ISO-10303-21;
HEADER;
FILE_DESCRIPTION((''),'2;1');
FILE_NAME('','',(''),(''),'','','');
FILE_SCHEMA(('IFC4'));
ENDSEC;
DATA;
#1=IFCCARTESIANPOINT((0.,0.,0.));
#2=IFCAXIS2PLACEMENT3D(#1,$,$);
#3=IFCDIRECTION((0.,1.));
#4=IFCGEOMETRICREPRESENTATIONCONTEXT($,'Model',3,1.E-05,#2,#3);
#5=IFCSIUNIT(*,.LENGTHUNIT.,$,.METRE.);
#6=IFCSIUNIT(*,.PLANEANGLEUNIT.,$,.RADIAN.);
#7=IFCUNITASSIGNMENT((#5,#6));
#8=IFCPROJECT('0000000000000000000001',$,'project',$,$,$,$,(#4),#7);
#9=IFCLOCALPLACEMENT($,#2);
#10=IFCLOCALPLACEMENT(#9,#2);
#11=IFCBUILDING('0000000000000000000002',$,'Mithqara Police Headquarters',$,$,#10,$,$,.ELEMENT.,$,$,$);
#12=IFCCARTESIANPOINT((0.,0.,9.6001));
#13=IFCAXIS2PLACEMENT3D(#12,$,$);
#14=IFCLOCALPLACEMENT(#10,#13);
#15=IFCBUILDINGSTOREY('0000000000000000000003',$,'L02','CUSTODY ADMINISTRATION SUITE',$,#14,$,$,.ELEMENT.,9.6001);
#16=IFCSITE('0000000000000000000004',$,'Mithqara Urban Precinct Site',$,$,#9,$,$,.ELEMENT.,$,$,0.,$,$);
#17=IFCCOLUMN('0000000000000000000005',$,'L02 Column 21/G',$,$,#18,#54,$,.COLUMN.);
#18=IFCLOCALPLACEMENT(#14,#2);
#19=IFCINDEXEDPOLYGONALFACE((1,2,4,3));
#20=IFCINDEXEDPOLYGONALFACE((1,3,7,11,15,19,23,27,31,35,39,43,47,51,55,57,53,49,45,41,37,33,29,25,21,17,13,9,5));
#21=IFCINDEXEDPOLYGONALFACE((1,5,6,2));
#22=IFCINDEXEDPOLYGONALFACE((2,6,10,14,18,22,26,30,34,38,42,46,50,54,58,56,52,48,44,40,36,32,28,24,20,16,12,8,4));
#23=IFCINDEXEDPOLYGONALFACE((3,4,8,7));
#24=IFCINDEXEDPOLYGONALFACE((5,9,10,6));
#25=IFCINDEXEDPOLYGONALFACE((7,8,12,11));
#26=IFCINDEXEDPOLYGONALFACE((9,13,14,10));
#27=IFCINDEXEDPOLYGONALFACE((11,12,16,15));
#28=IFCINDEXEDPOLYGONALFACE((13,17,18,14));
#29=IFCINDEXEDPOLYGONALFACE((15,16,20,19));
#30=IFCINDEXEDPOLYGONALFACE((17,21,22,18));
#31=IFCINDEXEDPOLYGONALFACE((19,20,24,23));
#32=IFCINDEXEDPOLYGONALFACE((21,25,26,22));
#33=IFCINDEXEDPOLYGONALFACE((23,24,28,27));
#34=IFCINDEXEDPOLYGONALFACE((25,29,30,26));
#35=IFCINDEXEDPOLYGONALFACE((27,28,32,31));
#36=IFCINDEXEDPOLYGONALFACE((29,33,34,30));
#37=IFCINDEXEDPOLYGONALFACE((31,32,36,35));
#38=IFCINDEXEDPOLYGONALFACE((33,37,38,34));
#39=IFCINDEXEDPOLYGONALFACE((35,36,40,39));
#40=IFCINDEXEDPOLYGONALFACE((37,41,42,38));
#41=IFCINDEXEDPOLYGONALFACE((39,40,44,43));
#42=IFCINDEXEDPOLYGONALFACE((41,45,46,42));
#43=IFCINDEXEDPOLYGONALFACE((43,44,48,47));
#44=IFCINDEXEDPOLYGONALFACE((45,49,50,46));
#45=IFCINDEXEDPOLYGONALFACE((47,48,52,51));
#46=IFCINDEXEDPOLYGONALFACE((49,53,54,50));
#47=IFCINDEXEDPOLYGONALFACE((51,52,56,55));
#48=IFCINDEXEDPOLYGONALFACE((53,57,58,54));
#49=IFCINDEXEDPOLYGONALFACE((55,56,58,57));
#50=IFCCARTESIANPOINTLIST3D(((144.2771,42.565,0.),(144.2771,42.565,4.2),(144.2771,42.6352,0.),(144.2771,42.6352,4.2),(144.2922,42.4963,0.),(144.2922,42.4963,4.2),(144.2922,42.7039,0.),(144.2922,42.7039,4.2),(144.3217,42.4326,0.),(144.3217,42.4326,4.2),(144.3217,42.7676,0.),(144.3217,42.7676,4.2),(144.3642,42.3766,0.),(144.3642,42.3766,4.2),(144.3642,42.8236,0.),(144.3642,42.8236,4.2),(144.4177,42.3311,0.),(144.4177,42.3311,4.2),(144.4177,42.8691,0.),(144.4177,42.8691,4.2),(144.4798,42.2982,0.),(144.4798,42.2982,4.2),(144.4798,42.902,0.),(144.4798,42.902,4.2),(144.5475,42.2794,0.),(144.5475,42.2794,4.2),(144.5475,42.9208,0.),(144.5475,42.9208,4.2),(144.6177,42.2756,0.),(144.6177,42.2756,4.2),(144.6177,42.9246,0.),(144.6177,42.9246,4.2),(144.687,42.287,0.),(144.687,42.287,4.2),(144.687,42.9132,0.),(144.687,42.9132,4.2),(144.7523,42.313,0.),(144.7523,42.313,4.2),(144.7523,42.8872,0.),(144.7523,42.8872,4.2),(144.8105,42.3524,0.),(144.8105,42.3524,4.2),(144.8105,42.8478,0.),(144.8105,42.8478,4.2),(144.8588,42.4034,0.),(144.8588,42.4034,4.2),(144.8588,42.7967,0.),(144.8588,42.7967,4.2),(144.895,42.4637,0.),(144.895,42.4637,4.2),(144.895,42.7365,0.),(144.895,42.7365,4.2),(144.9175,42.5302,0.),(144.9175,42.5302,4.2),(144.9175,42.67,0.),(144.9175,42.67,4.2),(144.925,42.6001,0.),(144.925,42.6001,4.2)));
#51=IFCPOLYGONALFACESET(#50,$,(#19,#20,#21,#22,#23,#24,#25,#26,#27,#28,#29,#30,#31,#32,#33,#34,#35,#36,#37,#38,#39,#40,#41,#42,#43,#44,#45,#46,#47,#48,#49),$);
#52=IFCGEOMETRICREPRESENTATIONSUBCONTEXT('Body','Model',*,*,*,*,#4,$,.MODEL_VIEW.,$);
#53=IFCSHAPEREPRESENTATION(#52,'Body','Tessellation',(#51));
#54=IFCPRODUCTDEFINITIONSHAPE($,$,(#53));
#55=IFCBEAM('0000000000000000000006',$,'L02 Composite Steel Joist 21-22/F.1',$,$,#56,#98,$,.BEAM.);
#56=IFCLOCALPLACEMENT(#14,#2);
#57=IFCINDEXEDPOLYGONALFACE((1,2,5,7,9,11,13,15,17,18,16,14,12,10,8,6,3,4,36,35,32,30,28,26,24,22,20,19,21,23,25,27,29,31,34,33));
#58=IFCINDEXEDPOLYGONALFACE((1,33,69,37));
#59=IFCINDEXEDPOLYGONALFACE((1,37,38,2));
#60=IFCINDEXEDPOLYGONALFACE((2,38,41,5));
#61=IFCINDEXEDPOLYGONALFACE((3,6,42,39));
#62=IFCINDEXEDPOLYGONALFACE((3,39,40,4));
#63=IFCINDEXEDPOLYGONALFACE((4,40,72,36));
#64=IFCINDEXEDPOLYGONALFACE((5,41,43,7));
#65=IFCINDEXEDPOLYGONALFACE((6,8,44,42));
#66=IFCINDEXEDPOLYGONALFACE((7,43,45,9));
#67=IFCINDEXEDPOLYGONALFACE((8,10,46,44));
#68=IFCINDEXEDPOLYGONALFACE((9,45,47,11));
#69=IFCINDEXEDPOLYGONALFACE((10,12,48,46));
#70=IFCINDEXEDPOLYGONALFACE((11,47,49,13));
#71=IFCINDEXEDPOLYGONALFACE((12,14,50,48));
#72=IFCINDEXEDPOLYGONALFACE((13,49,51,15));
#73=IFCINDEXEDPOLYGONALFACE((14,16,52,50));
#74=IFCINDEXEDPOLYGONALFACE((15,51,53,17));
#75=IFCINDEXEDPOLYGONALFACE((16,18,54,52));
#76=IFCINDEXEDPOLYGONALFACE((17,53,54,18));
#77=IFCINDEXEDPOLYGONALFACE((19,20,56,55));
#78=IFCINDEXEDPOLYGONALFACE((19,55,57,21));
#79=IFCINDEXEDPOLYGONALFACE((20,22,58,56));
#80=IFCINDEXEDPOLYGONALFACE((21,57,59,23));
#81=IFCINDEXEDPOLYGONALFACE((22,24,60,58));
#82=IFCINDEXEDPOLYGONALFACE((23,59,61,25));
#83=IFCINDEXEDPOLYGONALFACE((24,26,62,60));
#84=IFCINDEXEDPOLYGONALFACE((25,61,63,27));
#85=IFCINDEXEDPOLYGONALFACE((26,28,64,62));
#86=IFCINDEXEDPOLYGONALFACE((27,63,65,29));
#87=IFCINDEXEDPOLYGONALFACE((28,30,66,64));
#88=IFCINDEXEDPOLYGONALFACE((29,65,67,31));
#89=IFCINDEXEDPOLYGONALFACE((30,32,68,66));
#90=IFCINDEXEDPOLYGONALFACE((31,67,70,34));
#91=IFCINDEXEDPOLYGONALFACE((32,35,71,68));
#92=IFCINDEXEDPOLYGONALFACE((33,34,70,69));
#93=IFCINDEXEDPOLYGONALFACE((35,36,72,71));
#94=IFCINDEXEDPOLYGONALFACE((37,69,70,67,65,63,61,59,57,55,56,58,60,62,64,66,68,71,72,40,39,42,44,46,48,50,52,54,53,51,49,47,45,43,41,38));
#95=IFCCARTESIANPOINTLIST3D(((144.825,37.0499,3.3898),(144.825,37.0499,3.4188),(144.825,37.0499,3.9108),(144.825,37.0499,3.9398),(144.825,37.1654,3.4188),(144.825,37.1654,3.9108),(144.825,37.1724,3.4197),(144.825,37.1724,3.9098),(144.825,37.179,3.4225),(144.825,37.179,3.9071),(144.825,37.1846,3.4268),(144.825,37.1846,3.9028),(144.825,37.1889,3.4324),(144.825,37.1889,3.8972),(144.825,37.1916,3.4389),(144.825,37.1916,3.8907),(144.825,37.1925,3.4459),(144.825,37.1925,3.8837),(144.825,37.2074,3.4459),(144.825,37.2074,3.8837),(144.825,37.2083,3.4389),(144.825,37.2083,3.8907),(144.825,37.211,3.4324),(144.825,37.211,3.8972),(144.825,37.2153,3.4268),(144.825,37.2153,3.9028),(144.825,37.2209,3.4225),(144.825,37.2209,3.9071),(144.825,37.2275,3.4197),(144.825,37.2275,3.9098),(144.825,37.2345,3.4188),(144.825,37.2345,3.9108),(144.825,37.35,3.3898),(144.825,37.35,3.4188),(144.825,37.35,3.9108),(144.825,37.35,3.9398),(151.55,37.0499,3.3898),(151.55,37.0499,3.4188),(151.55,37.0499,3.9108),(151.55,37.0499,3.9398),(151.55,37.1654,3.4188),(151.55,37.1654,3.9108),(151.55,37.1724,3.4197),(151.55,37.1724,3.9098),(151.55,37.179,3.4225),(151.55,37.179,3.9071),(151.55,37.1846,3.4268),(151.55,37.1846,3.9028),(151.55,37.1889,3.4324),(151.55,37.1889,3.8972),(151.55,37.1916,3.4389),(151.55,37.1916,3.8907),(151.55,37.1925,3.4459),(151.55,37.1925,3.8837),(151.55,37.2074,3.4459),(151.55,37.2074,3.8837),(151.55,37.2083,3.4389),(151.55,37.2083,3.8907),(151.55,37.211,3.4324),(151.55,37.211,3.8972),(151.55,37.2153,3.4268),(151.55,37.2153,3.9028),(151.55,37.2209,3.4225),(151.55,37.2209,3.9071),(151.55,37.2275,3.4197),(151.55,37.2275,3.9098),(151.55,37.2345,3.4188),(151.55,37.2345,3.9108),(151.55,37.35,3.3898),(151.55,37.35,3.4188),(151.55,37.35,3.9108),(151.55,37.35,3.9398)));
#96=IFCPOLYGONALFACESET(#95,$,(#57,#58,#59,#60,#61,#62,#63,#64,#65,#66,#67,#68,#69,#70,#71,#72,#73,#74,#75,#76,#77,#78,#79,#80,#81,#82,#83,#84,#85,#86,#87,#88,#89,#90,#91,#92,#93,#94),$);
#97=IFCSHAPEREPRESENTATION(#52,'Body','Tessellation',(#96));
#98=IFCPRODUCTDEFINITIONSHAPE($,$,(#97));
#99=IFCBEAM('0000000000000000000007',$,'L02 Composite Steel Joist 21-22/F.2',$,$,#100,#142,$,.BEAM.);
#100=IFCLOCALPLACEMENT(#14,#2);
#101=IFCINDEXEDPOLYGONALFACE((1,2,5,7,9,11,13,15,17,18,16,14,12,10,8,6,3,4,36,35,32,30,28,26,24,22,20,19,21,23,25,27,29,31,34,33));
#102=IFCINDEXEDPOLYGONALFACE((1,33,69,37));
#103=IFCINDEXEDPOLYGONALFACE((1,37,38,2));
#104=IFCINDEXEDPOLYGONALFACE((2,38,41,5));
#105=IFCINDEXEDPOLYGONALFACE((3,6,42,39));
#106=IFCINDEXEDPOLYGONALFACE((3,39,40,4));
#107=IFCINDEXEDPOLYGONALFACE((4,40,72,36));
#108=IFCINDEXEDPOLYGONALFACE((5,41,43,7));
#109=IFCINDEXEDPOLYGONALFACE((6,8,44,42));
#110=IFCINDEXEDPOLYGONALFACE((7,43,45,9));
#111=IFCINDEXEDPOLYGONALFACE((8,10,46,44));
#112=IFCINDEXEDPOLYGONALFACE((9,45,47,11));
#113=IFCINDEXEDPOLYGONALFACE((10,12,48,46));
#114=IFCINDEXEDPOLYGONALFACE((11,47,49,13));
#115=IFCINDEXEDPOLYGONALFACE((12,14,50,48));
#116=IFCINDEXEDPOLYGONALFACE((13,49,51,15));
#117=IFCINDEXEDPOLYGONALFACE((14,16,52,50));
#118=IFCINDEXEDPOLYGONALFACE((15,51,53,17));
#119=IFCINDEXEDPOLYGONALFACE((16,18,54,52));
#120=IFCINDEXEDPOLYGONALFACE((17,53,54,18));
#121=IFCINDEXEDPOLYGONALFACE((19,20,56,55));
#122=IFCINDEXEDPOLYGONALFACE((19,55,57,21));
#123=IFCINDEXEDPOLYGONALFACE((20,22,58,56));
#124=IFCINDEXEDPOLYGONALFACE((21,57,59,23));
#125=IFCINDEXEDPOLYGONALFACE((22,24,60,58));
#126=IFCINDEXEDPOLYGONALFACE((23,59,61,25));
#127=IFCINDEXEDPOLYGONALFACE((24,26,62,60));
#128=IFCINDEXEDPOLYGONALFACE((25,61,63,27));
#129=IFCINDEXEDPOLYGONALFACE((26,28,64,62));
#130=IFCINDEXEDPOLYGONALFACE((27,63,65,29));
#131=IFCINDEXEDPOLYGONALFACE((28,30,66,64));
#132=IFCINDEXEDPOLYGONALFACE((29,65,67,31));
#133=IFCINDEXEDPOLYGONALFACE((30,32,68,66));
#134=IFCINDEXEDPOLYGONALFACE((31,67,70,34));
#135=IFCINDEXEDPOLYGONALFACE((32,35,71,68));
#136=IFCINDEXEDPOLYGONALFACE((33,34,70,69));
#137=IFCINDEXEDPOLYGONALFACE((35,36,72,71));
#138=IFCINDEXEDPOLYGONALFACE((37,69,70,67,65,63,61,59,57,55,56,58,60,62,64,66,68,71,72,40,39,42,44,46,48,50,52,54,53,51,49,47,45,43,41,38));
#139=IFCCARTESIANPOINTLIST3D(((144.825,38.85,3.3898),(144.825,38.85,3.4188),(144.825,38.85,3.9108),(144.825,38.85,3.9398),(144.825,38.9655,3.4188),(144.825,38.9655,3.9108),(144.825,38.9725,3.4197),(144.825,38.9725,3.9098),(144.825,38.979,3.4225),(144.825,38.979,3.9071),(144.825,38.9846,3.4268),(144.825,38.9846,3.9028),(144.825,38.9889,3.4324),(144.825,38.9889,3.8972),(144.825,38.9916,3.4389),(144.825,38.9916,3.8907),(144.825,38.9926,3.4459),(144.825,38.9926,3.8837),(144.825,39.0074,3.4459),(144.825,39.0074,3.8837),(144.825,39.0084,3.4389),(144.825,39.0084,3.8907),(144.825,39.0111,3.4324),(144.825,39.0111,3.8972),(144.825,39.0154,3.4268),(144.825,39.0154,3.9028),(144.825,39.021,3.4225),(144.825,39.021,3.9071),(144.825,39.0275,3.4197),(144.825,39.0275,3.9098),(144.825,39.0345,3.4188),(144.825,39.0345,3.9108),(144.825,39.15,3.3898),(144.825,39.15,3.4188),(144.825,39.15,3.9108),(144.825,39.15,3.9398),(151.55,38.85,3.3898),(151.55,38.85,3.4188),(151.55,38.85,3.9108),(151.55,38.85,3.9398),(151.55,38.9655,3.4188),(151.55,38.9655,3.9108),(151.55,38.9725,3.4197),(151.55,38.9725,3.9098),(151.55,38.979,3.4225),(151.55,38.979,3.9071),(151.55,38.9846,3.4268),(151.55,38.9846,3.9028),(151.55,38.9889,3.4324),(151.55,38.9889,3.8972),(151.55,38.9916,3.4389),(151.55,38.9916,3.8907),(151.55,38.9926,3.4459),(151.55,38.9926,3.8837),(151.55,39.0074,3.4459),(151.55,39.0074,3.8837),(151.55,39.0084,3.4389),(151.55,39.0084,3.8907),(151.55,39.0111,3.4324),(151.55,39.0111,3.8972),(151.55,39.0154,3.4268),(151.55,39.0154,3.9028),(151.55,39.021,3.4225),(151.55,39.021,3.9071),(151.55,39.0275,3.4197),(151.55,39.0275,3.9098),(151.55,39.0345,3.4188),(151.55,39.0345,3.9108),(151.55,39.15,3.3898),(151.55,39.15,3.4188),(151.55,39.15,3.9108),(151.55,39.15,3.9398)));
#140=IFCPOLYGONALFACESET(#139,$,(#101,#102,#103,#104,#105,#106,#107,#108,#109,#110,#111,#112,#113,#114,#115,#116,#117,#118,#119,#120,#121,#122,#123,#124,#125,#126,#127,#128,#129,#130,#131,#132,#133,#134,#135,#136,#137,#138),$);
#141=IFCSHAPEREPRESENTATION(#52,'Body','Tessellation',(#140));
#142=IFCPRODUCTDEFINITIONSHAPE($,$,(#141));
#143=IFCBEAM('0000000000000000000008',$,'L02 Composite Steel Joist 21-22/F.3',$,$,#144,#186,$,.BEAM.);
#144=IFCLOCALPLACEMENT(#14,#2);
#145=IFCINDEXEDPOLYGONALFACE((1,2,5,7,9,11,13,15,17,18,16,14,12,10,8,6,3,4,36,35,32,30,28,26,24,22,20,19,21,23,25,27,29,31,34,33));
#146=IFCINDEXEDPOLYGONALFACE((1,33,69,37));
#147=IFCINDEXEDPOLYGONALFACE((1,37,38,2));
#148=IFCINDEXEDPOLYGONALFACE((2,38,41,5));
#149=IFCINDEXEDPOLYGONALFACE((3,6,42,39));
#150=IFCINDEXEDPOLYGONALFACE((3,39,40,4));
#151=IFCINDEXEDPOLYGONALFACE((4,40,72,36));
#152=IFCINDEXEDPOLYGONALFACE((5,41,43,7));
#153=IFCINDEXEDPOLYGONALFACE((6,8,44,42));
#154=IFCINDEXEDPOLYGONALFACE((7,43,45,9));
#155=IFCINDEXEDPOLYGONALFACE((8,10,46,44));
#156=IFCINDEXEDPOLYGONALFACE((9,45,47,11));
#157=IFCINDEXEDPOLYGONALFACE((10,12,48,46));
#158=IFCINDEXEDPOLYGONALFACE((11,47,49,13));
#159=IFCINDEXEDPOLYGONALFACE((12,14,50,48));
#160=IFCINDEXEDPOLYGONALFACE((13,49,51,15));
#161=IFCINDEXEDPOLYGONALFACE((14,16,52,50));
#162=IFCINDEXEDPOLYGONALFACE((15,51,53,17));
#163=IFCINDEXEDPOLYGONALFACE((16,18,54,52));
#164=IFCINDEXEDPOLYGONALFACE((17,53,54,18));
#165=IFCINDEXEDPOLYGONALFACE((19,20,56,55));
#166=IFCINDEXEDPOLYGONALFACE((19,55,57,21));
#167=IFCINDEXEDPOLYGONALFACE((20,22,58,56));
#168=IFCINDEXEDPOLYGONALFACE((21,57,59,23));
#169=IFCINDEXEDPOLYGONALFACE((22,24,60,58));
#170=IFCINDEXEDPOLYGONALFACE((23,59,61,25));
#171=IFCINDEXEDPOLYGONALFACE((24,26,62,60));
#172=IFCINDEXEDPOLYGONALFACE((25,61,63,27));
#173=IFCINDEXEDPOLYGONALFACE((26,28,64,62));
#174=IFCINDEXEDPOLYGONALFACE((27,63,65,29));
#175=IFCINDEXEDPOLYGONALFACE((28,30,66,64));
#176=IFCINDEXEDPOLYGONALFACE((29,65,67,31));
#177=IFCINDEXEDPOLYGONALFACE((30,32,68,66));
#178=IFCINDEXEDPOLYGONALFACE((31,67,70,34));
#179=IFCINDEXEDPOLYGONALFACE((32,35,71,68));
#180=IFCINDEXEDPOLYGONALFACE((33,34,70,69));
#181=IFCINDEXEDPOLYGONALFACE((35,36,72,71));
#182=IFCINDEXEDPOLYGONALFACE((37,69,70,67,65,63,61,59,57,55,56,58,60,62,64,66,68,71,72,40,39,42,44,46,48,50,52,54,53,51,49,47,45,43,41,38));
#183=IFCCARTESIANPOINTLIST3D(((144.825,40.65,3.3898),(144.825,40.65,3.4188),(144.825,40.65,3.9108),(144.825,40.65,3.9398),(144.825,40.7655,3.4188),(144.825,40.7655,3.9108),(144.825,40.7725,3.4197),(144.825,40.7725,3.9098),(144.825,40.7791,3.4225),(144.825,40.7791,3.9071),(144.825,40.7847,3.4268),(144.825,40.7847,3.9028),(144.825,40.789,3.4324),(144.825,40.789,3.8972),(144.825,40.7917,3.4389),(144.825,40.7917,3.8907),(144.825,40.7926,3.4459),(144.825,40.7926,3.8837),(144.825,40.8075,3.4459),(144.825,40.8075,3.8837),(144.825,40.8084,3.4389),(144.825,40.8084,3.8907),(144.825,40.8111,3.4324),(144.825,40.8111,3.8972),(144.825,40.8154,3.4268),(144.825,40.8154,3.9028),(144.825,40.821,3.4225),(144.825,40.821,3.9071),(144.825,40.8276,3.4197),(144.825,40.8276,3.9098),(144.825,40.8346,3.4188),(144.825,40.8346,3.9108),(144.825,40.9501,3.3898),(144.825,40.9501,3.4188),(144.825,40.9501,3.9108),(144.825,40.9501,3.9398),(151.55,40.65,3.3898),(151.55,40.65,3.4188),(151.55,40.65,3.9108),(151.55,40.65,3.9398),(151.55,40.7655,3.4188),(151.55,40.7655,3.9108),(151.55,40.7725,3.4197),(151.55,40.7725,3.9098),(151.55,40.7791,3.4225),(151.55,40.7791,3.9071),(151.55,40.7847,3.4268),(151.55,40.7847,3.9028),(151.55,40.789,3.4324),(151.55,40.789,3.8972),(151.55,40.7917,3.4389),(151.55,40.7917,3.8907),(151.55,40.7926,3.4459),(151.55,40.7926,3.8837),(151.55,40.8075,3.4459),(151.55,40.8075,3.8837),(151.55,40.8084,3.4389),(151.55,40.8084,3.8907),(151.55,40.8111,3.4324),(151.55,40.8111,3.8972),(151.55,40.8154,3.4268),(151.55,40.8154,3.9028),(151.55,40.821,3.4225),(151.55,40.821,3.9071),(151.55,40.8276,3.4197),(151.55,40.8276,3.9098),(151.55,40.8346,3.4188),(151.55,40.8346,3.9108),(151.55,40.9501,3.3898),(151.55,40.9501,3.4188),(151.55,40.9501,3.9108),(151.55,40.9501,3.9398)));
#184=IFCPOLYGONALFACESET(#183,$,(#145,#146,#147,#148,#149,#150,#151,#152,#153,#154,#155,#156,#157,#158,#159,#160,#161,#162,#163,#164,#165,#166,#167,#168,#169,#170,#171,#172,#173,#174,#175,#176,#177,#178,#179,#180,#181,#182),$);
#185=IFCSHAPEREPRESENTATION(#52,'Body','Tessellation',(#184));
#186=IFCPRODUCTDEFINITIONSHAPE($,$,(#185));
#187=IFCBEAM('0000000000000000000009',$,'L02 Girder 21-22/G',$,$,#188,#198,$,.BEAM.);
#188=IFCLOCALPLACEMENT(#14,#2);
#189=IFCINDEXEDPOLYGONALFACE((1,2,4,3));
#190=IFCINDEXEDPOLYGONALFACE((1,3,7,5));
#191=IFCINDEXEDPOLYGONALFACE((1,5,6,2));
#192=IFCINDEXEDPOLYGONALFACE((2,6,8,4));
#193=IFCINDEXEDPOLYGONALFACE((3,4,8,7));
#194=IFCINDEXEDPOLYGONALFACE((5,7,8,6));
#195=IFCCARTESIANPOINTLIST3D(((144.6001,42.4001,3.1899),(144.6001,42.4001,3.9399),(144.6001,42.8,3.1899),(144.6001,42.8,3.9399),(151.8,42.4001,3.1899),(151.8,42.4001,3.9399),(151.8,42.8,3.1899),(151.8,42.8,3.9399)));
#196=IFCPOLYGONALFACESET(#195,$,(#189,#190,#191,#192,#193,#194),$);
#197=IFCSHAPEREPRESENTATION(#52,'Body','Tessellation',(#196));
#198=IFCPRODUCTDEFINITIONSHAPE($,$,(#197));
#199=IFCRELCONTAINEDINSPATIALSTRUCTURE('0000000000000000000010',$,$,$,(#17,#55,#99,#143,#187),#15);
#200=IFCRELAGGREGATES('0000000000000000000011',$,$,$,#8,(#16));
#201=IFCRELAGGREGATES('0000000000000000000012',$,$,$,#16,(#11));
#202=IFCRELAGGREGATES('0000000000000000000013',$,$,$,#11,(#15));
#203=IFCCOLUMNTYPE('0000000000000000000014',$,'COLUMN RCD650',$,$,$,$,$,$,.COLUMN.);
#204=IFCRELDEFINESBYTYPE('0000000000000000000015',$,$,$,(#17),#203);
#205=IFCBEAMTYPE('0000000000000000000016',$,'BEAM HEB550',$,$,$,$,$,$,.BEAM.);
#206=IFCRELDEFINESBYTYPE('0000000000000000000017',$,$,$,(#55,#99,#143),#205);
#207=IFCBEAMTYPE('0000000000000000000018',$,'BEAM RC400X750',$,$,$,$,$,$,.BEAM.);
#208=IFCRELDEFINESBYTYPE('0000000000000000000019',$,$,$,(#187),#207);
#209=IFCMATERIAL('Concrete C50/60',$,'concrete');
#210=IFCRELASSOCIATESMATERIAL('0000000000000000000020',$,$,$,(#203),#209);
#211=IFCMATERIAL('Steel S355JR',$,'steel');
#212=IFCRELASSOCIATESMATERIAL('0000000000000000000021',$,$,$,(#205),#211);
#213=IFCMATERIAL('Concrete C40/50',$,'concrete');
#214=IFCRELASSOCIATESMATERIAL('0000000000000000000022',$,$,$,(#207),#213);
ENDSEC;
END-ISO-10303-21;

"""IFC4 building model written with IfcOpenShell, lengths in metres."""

from ifc_helpers import new_model, si_unit, direction, frame, origin, origin_2d, place, context, subcontext, project, spatial, rectangle, circle, i_section, extrude, material, material_profile, profile_set, type_object, element, save


model = new_model("IFC4")

# Units and contexts
model_context = context("Model", 3, precision=1e-05, world=origin(), true_north=direction((0.0, 1.0)))
body_context = subcontext(model_context, "Body", "Model", "MODEL_VIEW")
ifc_project = project(units=[si_unit("LENGTHUNIT", "METRE"), si_unit("PLANEANGLEUNIT", "RADIAN")], contexts=[model_context])

# Site, building, storey
site_placement = place(None, origin())
site = spatial("IfcSite", under=ifc_project, at=site_placement, Name="Mithqara Urban Precinct Site", CompositionType="ELEMENT", RefElevation=0.0)
building_placement = place(site_placement, origin())
building = spatial("IfcBuilding", under=site, at=building_placement, Name="Mithqara Police Headquarters", CompositionType="ELEMENT")
storey_placement = place(building_placement, frame((0.0, 0.0, 9.6001)))
storey = spatial("IfcBuildingStorey", under=building, at=storey_placement, Name="L02", Description="CUSTODY ADMINISTRATION SUITE", CompositionType="ELEMENT", Elevation=9.6001)

# Column
ifc_material_1 = material(Name="Concrete C50/60", Category="concrete")
ifc_material_profile_1 = material_profile(ifc_material_1, circle(Radius=0.325, at=origin_2d()), Name="RCD 650")
ifc_profile_set_1 = profile_set([ifc_material_profile_1], Name="Concrete C50/60")
column_type = type_object("IfcColumnType", Name="COLUMN RCD650", PredefinedType="COLUMN", material=ifc_profile_set_1)
column_placement = place(storey_placement, frame((144.6001, 42.6001, 0.0), z_axis=(0.0, 0.0, 1.0), x_axis=(1.0, 0.0, 0.0)))
element("IfcColumn", 1, at=column_placement, inside=storey, type_object=column_type, Name="L02 Column 21/G", PredefinedType="COLUMN", context=body_context, shape_type="SweptSolid", body=[
    extrude(circle(Radius=0.325, at=origin_2d()), origin(), (0.0, 0.0, 1.0), 4.2),
])

# Beams
ifc_material_2 = material(Name="Steel S355JR", Category="steel")
ifc_material_profile_2 = material_profile(ifc_material_2, i_section(OverallWidth=0.3, OverallDepth=0.55, WebThickness=0.0149, FlangeThickness=0.0291, FilletRadius=0.0271, at=origin_2d()), Name="HEB 550")
ifc_profile_set_2 = profile_set([ifc_material_profile_2], Name="Steel S355JR")
beam_type_1 = type_object("IfcBeamType", Name="BEAM HEB550", PredefinedType="BEAM", material=ifc_profile_set_2)
for number, where, z_axis, x_axis, name in (
    (2, (144.825, 37.2, 3.6648), (1.0, 0.0, 0.0), (0.0, 1.0, 0.0), "L02 Composite Steel Joist 21-22/F.1"),
    (3, (144.825, 39.0, 3.6648), (1.0, 0.0, 0.0), (0.0, 1.0, 0.0), "L02 Composite Steel Joist 21-22/F.2"),
    (4, (144.825, 40.8, 3.6648), (1.0, 0.0, 0.0), (0.0, 1.0, 0.0), "L02 Composite Steel Joist 21-22/F.3"),
):
    element("IfcBeam", number, at=place(storey_placement, frame(where, z_axis=z_axis, x_axis=x_axis)), inside=storey, type_object=beam_type_1, Name=name, PredefinedType="BEAM", context=body_context, shape_type="SweptSolid", body=[
        extrude(i_section(OverallWidth=0.3, OverallDepth=0.55, WebThickness=0.0149, FlangeThickness=0.0291, FilletRadius=0.0271, at=origin_2d()), origin(), (0.0, 0.0, 1.0), 6.7251),
    ])
ifc_material_3 = material(Name="Concrete C40/50", Category="concrete")
ifc_material_profile_3 = material_profile(ifc_material_3, rectangle(XDim=0.3999, YDim=0.75, at=origin_2d()), Name="RC 400x750")
ifc_profile_set_3 = profile_set([ifc_material_profile_3], Name="Concrete C40/50")
beam_type_2 = type_object("IfcBeamType", Name="BEAM RC400X750", PredefinedType="BEAM", material=ifc_profile_set_3)
beam_1_placement = place(storey_placement, frame((144.6001, 42.6001, 3.5649), z_axis=(1.0, 0.0, 0.0), x_axis=(0.0, 1.0, 0.0)))
element("IfcBeam", 5, at=beam_1_placement, inside=storey, type_object=beam_type_2, Name="L02 Girder 21-22/G", PredefinedType="BEAM", context=body_context, shape_type="SweptSolid", body=[
    extrude(rectangle(XDim=0.3999, YDim=0.75, at=origin_2d()), origin(), (0.0, 0.0, 1.0), 7.2),
])

save(model, "model.ifc")
